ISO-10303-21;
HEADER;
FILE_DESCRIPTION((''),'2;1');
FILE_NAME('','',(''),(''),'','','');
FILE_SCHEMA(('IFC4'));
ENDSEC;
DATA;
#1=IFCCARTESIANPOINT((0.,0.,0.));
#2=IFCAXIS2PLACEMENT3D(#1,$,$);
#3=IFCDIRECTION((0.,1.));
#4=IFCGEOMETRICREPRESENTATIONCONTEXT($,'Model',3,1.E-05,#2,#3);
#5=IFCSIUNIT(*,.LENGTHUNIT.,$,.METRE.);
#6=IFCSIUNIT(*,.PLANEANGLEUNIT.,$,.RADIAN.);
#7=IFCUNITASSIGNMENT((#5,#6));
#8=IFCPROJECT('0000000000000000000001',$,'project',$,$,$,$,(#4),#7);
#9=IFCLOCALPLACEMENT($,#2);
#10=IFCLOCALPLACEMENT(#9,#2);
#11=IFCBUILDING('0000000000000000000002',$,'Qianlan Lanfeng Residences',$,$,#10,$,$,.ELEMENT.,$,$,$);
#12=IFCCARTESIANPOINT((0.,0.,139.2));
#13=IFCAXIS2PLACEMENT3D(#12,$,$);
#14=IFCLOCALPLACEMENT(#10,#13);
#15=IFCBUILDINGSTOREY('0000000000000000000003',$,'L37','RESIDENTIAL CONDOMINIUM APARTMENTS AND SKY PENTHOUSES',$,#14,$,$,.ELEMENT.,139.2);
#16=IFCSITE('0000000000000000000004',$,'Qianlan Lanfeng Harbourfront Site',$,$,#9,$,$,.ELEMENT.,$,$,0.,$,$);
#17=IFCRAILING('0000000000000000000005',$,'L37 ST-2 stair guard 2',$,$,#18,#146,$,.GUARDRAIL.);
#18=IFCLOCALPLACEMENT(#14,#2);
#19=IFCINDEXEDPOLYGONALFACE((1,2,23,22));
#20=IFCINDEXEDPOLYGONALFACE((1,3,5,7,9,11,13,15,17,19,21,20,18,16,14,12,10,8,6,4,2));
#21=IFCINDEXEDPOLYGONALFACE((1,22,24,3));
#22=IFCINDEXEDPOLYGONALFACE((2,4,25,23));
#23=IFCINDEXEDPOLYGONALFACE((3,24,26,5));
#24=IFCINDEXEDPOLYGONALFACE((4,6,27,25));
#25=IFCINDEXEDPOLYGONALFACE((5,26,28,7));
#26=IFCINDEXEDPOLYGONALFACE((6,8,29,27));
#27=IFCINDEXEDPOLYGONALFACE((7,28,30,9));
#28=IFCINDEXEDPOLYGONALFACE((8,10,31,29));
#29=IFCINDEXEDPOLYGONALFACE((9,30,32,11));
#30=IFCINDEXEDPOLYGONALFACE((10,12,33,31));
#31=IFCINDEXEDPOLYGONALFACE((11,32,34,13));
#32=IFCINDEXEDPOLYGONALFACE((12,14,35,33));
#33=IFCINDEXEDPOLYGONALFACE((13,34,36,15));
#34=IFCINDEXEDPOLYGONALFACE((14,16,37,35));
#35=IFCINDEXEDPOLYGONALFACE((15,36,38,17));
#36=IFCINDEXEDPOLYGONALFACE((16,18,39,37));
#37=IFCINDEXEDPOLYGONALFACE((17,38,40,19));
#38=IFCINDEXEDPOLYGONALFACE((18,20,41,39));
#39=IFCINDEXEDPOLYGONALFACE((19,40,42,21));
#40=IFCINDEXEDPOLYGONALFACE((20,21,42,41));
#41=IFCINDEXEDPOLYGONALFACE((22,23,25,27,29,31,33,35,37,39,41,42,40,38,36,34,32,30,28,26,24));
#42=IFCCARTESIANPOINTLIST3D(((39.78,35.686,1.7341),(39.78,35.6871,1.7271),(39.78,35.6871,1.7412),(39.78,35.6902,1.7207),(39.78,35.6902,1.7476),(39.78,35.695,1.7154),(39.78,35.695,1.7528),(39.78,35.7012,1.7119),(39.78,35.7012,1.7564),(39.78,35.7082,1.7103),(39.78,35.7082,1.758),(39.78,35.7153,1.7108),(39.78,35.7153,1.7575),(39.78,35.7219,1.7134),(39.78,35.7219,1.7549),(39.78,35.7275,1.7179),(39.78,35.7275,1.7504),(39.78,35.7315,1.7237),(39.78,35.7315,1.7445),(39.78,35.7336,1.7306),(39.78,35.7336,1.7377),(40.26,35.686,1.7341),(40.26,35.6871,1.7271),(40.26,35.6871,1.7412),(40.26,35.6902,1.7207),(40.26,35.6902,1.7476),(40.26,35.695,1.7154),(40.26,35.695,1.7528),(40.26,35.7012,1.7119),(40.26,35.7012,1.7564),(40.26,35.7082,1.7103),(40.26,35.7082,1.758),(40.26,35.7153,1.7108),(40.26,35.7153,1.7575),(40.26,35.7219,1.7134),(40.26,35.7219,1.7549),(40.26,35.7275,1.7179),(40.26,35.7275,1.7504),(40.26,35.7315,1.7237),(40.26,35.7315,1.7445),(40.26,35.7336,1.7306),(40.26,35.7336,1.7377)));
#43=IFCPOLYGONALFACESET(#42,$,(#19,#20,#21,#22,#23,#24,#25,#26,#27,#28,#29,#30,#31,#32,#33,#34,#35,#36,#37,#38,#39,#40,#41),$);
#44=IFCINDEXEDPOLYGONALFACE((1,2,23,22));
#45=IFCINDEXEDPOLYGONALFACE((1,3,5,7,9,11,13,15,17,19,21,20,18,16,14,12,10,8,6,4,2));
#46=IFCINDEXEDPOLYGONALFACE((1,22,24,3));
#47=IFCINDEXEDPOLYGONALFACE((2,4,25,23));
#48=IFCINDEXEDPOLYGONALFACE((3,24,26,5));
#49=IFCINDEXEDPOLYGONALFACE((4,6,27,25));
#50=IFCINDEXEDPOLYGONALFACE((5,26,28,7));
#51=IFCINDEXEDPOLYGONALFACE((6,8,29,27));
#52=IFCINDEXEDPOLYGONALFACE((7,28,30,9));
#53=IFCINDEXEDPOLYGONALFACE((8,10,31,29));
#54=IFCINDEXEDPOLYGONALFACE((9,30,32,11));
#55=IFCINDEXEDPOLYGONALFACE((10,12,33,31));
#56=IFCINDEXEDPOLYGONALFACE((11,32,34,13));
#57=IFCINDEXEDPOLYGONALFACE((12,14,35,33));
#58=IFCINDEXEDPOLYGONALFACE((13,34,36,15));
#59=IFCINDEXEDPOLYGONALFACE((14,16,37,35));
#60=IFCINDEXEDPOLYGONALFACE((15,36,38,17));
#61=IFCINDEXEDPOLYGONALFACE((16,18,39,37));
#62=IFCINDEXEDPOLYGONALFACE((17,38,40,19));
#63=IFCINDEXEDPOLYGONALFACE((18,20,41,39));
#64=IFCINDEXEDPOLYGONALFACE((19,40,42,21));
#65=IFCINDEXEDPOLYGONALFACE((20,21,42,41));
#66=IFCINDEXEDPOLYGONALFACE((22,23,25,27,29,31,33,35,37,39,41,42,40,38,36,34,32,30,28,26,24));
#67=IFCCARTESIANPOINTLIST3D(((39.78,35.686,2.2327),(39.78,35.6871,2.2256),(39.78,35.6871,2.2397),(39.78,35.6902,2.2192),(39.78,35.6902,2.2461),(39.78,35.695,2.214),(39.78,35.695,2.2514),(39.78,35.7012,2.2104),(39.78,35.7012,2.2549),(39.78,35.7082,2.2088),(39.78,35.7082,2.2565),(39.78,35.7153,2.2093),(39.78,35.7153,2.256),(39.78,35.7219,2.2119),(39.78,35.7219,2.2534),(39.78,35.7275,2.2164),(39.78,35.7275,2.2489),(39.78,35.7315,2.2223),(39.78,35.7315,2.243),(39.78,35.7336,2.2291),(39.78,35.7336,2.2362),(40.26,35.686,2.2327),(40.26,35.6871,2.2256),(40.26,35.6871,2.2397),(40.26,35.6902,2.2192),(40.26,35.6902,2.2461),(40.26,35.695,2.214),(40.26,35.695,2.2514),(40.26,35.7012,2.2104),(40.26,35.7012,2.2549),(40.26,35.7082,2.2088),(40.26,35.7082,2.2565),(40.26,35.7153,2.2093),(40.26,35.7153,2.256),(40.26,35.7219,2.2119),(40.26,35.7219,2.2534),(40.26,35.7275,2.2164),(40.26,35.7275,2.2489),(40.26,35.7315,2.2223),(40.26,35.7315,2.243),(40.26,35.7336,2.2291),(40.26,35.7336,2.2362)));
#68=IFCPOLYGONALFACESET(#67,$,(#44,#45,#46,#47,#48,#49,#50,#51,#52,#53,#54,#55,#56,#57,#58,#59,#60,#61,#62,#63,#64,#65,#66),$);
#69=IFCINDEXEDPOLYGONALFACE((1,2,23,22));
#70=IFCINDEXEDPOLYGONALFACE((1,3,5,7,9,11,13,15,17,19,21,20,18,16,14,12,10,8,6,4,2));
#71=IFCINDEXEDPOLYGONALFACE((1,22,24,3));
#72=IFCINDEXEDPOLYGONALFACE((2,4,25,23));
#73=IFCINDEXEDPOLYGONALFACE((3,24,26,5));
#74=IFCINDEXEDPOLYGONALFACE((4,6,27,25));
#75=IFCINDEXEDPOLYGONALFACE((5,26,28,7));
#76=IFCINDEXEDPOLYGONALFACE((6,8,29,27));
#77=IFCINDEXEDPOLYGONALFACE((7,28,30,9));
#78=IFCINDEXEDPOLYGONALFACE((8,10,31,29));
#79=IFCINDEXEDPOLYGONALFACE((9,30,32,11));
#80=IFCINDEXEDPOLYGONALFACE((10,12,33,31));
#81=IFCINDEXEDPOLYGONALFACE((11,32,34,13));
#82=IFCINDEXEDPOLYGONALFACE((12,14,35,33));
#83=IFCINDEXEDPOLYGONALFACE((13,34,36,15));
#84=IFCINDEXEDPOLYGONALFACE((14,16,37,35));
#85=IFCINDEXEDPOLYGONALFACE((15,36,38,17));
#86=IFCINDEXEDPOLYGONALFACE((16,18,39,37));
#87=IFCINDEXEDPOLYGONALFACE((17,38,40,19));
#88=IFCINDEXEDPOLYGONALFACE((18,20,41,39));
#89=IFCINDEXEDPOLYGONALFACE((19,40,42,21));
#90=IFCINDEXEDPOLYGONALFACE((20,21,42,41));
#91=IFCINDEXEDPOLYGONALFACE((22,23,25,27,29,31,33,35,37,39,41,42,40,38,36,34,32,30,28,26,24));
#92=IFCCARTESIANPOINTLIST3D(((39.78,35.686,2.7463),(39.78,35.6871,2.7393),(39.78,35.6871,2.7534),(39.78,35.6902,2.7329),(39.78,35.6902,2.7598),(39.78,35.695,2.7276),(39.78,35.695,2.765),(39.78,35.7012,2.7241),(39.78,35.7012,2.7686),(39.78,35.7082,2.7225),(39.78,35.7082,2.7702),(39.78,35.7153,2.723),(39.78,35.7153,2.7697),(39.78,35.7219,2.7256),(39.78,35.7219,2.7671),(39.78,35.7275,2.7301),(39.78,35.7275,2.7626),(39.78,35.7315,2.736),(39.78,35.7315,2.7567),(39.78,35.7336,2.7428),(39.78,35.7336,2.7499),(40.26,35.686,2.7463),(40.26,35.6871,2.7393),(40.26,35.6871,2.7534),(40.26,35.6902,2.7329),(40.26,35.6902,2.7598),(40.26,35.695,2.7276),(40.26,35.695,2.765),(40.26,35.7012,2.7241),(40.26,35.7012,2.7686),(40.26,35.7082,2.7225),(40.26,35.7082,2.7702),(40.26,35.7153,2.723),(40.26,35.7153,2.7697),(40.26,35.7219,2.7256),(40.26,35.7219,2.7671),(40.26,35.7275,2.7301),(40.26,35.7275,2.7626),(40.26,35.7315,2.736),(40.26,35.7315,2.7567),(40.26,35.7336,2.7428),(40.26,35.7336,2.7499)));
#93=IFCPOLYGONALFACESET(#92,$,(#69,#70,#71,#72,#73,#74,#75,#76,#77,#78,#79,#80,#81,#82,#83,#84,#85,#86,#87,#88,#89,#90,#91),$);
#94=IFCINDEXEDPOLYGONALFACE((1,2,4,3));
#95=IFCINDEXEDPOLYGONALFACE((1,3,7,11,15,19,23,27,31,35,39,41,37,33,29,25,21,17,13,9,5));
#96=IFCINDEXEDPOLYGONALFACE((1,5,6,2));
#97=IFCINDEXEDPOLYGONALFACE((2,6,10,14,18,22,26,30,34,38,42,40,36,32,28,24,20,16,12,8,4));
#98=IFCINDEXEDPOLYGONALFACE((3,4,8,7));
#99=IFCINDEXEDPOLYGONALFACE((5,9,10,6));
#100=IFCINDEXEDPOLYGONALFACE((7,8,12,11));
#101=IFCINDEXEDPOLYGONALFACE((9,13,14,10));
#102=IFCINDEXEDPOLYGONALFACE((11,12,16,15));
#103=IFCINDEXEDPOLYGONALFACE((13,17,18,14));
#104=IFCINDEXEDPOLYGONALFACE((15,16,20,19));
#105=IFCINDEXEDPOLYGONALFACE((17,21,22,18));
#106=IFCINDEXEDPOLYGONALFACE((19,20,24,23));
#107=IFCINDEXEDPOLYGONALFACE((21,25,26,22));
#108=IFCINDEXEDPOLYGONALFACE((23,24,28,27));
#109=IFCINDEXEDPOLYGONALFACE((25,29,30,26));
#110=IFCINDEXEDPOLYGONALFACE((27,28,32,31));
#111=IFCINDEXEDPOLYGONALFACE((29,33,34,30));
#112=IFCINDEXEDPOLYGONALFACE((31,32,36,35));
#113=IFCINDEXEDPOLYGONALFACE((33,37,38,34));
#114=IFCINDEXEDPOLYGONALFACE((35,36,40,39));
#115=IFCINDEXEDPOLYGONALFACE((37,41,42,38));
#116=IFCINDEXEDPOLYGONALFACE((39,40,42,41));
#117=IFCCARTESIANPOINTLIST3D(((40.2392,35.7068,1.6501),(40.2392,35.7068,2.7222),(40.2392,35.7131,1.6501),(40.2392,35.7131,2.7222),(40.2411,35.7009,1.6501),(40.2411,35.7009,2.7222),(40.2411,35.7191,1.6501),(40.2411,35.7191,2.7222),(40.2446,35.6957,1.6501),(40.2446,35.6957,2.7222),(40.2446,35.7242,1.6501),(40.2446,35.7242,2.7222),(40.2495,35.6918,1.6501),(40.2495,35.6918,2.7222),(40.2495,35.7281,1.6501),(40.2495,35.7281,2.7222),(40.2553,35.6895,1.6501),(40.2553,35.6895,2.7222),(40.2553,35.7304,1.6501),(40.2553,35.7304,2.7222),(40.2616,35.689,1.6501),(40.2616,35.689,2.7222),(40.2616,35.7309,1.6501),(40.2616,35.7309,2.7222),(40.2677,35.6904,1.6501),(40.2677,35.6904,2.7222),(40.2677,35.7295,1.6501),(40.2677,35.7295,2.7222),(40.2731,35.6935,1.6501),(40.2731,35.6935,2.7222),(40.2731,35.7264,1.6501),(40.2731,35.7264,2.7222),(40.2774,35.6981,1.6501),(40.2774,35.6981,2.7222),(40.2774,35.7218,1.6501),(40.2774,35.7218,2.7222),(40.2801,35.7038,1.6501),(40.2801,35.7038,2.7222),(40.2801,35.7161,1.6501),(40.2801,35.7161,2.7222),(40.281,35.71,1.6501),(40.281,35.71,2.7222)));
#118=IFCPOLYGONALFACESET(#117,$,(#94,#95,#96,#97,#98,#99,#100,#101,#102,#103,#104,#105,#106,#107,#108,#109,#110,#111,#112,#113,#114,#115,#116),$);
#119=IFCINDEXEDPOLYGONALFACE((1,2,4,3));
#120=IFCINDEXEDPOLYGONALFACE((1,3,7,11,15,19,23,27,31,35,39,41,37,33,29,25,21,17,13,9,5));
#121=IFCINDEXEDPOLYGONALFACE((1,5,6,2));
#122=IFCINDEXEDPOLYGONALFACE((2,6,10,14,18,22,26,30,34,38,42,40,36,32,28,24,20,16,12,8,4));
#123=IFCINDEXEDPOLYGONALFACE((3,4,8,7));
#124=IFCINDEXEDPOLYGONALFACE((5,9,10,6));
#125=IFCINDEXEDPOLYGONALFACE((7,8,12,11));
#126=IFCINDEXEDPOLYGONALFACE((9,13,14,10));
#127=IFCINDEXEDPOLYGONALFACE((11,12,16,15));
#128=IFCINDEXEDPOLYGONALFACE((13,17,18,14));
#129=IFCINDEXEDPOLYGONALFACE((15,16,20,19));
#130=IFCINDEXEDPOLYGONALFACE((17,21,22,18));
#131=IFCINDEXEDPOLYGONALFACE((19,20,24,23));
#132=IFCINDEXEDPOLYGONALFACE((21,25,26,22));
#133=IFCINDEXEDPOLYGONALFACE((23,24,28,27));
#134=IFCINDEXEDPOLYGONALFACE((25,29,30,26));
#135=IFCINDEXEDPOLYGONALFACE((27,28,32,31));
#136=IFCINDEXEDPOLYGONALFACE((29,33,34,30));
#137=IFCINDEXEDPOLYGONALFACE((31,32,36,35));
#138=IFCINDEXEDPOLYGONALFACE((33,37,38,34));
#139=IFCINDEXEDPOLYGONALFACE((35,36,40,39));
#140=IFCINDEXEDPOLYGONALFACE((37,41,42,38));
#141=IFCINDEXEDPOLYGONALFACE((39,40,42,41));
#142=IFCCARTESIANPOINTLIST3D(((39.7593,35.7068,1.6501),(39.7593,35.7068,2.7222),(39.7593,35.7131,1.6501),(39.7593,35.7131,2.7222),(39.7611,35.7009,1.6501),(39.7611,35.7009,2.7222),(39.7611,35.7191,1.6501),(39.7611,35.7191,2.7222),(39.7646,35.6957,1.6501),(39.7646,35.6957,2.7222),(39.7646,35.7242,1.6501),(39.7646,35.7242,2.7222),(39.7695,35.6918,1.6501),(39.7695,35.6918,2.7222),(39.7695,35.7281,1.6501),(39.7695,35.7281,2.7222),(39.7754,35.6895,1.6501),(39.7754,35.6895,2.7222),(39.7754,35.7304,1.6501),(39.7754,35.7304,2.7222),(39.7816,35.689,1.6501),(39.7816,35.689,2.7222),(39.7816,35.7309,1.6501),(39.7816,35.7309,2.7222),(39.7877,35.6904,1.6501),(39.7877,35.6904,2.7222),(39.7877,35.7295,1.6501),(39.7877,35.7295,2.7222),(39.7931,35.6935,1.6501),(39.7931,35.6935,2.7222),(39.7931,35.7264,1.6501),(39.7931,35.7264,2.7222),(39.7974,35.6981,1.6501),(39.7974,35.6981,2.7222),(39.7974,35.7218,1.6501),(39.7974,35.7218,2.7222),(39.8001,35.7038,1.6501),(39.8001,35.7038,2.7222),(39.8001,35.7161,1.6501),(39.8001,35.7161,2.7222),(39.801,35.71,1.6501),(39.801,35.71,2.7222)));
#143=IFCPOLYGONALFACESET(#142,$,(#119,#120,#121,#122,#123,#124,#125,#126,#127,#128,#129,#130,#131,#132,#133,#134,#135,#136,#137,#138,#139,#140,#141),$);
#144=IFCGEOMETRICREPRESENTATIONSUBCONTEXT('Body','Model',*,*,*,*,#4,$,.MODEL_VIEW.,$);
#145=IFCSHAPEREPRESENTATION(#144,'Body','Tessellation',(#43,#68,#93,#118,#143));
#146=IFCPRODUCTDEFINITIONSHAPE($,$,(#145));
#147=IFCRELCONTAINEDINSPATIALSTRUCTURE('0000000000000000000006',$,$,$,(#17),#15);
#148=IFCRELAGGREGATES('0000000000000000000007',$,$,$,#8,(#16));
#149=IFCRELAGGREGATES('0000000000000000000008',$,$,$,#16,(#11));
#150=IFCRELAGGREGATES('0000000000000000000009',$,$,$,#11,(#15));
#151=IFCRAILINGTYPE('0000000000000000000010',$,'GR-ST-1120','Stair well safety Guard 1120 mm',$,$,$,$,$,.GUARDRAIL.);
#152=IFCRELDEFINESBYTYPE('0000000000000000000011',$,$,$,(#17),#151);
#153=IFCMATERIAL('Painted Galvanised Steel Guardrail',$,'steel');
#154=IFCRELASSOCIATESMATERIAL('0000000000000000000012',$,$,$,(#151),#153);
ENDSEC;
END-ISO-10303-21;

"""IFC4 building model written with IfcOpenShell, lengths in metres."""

from ifc_helpers import new_model, si_unit, direction, frame, origin, origin_2d, place, context, subcontext, project, spatial, circle, extrude, material, type_object, element, save


model = new_model("IFC4")

# Units and contexts
model_context = context("Model", 3, precision=1e-05, world=origin(), true_north=direction((0.0, 1.0)))
body_context = subcontext(model_context, "Body", "Model", "MODEL_VIEW")
ifc_project = project(units=[si_unit("LENGTHUNIT", "METRE"), si_unit("PLANEANGLEUNIT", "RADIAN")], contexts=[model_context])

# Site, building, storey
site_placement = place(None, origin())
site = spatial("IfcSite", under=ifc_project, at=site_placement, Name="Qianlan Lanfeng Harbourfront Site", CompositionType="ELEMENT", RefElevation=0.0)
building_placement = place(site_placement, origin())
building = spatial("IfcBuilding", under=site, at=building_placement, Name="Qianlan Lanfeng Residences", CompositionType="ELEMENT")
storey_placement = place(building_placement, frame((0.0, 0.0, 139.2)))
storey = spatial("IfcBuildingStorey", under=building, at=storey_placement, Name="L37", Description="RESIDENTIAL CONDOMINIUM APARTMENTS AND SKY PENTHOUSES", CompositionType="ELEMENT", Elevation=139.2)

# Railing
ifc_material_1 = material(Name="Painted Galvanised Steel Guardrail", Category="steel")
railing_type_1 = type_object("IfcRailingType", Name="GR-ST-1120", Description="Stair well safety Guard 1120 mm", PredefinedType="GUARDRAIL", material=ifc_material_1)
railing_1_placement = place(storey_placement, frame((40.26, 35.71, 1.6501)))
element("IfcRailing", 1, at=railing_1_placement, inside=storey, type_object=railing_type_1, Name="L37 ST-2 stair guard 2", PredefinedType="GUARDRAIL", context=body_context, shape_type="SweptSolid", body=[
    extrude(circle(Radius=0.0239, at=origin_2d()), frame((0.0, 0.0, 0.084), z_axis=(-1.0, 0.0, 0.0), x_axis=(0.0, -1.0, 0.0)), (0.0, 0.0, 1.0), 0.48),
    extrude(circle(Radius=0.0239, at=origin_2d()), frame((0.0, 0.0, 0.5825), z_axis=(-1.0, 0.0, 0.0), x_axis=(0.0, -1.0, 0.0)), (0.0, 0.0, 1.0), 0.48),
    extrude(circle(Radius=0.0239, at=origin_2d()), frame((0.0, 0.0, 1.0962), z_axis=(-1.0, 0.0, 0.0), x_axis=(0.0, -1.0, 0.0)), (0.0, 0.0, 1.0), 0.48),
    extrude(circle(Radius=0.021, at=origin_2d()), origin(), (0.0, 0.0, 1.0), 1.072),
    extrude(circle(Radius=0.021, at=origin_2d()), frame((-0.48, 0.0, 0.0)), (0.0, 0.0, 1.0), 1.072),
])

save(model, "model.ifc")
